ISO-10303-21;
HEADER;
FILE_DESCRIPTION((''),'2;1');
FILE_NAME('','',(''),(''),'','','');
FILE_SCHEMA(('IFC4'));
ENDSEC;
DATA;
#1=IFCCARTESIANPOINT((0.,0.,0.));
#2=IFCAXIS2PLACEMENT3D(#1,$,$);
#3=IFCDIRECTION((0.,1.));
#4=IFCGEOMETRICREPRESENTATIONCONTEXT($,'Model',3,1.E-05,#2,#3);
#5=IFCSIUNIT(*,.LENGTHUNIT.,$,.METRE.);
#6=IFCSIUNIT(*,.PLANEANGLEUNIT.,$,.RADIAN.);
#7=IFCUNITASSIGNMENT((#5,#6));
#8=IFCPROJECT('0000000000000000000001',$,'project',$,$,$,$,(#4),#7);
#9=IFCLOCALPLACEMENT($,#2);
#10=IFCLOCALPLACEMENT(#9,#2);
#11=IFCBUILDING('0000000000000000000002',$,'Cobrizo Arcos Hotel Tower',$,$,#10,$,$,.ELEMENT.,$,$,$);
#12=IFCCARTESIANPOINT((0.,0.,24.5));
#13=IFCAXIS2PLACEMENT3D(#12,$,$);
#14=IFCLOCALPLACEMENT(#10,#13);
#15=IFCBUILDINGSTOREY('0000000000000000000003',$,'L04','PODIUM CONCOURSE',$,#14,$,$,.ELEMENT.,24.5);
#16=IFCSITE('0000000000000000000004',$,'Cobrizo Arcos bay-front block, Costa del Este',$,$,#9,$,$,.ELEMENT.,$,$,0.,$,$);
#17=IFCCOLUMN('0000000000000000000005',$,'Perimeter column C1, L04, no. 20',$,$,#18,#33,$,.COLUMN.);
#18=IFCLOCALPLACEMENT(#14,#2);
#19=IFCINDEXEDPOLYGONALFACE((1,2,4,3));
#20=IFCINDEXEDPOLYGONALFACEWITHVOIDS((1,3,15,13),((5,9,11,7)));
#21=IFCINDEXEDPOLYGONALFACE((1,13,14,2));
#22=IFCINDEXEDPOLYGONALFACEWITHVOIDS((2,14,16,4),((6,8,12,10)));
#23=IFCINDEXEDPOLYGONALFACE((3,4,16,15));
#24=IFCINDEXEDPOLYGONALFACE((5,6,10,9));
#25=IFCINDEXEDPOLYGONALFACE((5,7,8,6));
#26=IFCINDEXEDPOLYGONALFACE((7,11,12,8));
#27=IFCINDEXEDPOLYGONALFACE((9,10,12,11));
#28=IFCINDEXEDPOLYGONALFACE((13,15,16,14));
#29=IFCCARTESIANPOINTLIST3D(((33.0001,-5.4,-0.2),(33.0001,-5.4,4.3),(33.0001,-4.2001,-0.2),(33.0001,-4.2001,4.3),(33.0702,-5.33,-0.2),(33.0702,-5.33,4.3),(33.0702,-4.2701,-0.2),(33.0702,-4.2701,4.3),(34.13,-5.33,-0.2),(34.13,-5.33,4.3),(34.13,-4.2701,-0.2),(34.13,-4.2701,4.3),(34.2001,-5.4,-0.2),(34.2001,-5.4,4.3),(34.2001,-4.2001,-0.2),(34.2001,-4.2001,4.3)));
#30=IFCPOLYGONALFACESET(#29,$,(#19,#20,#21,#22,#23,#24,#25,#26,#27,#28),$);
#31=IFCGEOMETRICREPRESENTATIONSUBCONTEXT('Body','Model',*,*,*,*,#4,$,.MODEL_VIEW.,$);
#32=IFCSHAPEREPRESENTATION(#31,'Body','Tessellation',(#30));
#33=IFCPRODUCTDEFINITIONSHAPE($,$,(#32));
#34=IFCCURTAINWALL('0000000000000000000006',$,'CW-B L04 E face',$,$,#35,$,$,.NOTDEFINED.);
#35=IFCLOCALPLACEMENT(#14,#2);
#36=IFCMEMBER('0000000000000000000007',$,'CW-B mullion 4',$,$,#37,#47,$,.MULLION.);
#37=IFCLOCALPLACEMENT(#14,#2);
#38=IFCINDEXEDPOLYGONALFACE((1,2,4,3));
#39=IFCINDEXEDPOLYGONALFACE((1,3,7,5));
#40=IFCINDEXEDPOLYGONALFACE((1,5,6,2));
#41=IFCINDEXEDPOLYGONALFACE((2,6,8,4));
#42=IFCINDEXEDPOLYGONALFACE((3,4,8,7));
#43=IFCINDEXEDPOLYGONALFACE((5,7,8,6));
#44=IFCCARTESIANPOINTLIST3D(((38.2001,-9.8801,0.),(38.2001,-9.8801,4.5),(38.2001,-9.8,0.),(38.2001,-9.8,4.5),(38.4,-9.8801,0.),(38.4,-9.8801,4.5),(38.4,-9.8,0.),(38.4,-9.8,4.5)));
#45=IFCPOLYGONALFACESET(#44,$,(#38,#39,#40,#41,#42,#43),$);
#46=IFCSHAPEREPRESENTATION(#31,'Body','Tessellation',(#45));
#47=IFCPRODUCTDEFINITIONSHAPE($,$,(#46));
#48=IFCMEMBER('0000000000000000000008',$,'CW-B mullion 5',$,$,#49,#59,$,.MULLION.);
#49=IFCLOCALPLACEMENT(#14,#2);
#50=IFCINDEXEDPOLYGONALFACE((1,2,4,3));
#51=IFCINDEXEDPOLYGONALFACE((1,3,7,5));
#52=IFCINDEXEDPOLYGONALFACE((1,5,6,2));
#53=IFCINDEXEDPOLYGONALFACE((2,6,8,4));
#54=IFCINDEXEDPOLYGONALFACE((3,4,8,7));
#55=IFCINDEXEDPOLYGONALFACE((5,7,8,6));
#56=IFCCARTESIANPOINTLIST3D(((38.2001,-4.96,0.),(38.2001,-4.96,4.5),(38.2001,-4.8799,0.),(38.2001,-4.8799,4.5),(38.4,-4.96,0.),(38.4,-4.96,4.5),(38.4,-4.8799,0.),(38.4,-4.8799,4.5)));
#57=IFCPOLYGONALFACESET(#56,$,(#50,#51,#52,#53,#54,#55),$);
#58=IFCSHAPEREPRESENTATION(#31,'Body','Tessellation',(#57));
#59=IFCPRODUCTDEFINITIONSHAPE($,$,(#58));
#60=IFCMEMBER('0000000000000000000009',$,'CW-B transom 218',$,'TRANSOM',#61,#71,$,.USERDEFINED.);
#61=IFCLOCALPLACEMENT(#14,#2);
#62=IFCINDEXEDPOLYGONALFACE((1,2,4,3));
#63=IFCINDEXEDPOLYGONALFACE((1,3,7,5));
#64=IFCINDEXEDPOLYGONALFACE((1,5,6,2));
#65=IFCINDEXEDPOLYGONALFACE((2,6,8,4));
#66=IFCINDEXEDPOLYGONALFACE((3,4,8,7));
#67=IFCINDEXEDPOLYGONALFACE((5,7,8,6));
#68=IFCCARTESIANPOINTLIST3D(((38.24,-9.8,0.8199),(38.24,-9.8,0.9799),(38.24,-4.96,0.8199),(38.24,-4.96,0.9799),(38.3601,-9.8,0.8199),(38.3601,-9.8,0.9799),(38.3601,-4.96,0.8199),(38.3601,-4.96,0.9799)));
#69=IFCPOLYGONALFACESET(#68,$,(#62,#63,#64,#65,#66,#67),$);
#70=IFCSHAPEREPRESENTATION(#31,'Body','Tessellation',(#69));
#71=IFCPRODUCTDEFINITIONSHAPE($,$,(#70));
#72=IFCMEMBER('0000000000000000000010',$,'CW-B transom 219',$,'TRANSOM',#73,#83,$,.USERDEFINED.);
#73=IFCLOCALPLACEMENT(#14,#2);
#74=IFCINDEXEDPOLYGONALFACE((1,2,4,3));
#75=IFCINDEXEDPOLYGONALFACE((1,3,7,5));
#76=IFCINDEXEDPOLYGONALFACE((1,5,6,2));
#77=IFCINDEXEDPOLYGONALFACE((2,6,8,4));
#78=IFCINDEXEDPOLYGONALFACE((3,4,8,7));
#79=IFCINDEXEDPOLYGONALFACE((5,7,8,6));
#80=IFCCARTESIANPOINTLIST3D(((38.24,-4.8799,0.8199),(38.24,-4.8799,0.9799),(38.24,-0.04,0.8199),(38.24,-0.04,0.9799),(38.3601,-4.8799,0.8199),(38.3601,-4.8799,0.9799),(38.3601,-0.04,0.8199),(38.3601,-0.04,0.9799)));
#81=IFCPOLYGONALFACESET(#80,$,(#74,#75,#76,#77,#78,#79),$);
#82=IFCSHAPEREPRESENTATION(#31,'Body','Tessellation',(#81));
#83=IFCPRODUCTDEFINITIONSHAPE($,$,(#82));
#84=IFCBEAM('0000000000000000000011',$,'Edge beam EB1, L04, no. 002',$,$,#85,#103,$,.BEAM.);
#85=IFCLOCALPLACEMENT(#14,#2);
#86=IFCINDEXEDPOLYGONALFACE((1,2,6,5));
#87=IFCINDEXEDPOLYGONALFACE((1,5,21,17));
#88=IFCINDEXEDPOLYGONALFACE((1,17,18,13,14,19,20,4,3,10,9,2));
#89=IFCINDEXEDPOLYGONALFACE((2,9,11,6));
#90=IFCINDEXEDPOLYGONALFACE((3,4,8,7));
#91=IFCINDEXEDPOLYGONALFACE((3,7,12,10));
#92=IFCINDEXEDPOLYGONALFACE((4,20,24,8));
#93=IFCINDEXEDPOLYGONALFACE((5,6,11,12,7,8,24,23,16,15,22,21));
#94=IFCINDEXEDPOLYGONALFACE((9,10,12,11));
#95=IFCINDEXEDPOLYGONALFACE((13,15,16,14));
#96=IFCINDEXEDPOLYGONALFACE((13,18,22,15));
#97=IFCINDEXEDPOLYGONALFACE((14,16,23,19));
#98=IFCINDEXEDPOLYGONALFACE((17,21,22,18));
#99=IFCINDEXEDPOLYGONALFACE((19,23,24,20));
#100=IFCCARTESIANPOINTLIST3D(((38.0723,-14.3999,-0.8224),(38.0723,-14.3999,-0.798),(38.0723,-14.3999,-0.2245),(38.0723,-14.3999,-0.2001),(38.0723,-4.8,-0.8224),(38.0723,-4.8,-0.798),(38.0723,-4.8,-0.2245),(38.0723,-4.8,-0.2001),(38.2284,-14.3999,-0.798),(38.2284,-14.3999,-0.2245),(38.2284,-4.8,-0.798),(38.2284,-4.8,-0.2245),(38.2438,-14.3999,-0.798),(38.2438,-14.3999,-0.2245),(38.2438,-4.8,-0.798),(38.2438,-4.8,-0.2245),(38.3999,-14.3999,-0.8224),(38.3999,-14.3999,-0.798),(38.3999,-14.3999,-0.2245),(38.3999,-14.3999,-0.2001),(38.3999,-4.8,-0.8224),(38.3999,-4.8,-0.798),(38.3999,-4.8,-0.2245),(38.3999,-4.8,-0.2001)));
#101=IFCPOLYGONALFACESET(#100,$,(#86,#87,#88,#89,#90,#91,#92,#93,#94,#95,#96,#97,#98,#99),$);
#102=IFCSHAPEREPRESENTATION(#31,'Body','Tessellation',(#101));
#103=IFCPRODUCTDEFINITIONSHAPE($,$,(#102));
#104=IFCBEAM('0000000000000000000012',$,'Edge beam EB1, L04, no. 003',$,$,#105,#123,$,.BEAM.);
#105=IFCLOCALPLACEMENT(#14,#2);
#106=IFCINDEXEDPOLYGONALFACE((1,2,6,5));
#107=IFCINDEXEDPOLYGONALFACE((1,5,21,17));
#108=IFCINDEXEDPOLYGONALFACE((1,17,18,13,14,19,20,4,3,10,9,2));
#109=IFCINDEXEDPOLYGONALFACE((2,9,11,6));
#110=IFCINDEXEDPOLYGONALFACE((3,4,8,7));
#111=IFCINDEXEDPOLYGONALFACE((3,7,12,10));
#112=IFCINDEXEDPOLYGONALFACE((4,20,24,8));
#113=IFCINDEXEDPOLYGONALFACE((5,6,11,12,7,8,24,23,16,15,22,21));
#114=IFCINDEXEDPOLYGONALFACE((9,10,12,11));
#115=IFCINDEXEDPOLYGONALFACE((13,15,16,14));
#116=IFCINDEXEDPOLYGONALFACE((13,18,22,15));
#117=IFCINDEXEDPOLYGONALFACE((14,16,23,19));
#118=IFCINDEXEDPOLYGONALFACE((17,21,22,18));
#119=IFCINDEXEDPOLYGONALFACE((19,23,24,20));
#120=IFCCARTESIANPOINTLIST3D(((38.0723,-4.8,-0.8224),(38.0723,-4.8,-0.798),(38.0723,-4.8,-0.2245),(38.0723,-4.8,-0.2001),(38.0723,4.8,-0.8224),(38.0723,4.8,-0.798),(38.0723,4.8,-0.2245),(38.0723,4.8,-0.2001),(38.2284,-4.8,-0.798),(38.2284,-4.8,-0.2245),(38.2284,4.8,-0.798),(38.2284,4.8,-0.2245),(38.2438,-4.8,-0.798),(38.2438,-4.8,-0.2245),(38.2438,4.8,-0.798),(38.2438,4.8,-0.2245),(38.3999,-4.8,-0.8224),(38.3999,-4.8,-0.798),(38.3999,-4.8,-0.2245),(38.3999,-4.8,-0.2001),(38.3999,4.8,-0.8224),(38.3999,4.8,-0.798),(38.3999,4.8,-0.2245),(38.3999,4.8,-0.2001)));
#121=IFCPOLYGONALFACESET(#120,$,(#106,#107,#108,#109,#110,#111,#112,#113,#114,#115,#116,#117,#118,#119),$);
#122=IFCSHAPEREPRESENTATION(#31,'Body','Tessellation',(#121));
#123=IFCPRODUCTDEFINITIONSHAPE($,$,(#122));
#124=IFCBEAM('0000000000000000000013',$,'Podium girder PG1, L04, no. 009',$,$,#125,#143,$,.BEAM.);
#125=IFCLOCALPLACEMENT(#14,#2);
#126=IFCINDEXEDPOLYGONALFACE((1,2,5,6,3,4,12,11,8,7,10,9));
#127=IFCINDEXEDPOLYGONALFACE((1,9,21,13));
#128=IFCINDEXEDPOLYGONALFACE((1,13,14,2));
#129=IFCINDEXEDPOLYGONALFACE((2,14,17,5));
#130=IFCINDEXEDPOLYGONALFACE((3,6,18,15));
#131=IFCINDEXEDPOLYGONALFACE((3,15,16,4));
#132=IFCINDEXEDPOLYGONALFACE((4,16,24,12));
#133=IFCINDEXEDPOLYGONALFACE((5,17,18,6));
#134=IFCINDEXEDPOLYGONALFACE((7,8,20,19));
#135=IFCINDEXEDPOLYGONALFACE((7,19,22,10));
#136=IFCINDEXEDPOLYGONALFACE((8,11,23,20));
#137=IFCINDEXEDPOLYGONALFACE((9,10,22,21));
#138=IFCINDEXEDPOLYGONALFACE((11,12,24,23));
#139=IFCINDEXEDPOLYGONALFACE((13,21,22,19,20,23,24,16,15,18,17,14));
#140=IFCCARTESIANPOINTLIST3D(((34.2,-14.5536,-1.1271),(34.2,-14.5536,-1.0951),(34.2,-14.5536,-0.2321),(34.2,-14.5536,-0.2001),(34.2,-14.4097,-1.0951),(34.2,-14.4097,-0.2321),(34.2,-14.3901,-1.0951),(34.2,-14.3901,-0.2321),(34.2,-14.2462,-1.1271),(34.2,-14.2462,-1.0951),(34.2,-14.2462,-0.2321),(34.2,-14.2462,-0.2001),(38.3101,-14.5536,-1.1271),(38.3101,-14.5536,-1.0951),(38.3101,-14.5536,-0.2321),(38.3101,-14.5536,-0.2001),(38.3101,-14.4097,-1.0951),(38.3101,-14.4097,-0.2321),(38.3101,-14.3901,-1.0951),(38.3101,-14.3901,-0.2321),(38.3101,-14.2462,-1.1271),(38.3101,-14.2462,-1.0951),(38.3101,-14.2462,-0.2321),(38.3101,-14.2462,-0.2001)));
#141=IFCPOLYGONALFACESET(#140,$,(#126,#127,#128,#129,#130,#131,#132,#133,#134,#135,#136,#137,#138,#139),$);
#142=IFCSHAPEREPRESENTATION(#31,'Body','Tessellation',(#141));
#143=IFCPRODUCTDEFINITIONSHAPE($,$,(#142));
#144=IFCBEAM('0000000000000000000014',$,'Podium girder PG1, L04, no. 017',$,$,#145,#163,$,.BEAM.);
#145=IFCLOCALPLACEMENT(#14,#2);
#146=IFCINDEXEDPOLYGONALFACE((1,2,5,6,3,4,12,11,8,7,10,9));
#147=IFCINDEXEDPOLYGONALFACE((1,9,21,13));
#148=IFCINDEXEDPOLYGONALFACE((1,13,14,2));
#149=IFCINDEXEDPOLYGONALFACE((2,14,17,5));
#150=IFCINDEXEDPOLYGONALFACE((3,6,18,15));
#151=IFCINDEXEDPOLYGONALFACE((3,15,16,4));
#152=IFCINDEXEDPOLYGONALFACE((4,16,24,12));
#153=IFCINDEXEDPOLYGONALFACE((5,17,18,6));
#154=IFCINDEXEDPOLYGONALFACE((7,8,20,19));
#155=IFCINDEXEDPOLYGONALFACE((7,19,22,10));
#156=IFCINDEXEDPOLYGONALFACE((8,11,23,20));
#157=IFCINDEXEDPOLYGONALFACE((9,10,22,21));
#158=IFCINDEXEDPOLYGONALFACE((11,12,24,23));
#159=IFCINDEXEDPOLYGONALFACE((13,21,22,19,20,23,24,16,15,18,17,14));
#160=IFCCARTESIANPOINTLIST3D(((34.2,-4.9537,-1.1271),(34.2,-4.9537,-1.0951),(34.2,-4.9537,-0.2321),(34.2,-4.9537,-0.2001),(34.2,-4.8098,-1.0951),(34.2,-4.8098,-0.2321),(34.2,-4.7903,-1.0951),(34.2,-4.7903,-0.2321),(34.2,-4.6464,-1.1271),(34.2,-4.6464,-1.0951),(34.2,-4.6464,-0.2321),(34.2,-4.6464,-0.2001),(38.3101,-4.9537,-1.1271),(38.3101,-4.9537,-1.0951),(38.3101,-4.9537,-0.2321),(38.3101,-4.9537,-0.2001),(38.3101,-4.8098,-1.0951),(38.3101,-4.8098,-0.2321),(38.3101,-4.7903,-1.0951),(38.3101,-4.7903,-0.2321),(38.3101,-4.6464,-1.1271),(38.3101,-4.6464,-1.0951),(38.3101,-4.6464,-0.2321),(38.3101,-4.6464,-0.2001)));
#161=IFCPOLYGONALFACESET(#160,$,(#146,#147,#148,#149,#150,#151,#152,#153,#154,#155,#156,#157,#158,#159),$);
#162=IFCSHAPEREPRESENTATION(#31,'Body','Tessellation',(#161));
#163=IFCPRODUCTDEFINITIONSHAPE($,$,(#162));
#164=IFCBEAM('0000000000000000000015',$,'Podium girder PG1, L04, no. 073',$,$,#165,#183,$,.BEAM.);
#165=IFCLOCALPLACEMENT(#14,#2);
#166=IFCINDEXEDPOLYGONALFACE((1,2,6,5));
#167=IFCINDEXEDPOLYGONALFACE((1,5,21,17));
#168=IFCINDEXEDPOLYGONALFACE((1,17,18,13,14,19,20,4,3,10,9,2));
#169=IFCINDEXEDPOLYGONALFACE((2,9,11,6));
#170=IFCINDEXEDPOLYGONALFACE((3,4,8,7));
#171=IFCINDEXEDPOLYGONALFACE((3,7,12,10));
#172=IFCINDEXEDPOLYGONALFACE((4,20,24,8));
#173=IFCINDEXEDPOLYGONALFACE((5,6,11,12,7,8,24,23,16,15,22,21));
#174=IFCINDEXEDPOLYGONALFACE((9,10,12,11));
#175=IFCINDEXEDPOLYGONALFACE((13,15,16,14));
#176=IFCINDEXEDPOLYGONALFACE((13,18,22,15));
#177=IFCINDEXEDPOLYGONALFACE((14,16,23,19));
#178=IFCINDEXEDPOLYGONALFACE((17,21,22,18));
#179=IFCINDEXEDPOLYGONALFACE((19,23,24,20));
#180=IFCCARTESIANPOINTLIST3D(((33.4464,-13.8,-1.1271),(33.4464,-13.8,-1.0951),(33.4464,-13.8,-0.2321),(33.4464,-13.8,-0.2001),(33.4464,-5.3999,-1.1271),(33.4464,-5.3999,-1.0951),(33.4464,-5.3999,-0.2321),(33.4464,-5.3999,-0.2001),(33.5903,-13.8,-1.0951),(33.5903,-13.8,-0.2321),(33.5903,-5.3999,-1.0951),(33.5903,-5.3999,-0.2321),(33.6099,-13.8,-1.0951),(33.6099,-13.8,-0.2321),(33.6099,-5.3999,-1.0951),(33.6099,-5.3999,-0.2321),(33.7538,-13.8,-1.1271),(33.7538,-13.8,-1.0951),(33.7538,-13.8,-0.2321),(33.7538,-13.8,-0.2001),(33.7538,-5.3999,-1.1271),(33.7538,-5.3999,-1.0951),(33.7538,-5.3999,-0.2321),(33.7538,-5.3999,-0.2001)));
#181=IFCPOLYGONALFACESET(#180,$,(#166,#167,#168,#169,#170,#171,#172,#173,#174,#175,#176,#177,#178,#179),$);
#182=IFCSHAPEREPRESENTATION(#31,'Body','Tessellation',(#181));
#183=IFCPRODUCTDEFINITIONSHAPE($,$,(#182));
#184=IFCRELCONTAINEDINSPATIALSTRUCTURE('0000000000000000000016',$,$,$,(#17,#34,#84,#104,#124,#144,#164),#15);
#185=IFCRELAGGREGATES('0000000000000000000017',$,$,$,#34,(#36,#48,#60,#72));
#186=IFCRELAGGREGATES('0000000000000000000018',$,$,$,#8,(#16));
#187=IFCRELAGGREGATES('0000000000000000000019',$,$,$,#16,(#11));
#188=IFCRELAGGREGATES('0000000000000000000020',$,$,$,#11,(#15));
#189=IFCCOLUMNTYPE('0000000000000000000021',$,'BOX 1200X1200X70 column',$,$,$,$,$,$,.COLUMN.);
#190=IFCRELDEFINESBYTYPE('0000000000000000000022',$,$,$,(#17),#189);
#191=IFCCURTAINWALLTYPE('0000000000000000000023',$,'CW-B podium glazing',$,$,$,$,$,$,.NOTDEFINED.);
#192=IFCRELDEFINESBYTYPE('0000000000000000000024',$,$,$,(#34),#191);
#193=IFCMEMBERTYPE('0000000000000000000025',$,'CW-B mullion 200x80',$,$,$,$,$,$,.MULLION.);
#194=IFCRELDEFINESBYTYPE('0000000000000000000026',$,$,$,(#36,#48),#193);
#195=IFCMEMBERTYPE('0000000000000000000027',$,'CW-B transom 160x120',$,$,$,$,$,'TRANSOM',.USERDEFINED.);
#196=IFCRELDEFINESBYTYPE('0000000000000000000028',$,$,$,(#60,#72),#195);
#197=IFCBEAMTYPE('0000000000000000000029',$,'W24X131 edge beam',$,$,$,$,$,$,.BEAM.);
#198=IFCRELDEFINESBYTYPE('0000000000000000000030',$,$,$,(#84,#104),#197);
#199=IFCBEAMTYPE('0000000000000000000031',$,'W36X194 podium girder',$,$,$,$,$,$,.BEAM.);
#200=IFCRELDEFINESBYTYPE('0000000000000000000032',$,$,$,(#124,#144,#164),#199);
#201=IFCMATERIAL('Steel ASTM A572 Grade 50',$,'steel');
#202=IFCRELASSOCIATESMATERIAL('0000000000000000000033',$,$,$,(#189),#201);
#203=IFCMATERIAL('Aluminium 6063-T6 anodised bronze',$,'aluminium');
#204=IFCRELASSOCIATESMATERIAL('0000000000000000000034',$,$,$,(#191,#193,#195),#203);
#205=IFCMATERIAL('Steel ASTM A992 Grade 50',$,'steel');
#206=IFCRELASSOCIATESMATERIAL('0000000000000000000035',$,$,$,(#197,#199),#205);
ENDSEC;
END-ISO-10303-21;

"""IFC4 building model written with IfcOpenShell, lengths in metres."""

from ifc_helpers import new_model, si_unit, direction, frame, origin, origin_2d, place, context, subcontext, project, spatial, rectangle, hollow_rectangle, i_section, extrude, material, material_profile, profile_set, type_object, element, aggregate, save


model = new_model("IFC4")

# Units and contexts
model_context = context("Model", 3, precision=1e-05, world=origin(), true_north=direction((0.0, 1.0)))
body_context = subcontext(model_context, "Body", "Model", "MODEL_VIEW")
ifc_project = project(units=[si_unit("LENGTHUNIT", "METRE"), si_unit("PLANEANGLEUNIT", "RADIAN")], contexts=[model_context])

# Site, building, storey
site_placement = place(None, origin())
site = spatial("IfcSite", under=ifc_project, at=site_placement, Name="Cobrizo Arcos bay-front block, Costa del Este", CompositionType="ELEMENT", RefElevation=0.0)
building_placement = place(site_placement, origin())
building = spatial("IfcBuilding", under=site, at=building_placement, Name="Cobrizo Arcos Hotel Tower", CompositionType="ELEMENT")
storey_placement = place(building_placement, frame((0.0, 0.0, 24.5)))
storey = spatial("IfcBuildingStorey", under=building, at=storey_placement, Name="L04", Description="PODIUM CONCOURSE", CompositionType="ELEMENT", Elevation=24.5)

# Column
ifc_material_1 = material(Name="Steel ASTM A572 Grade 50", Category="steel")
ifc_material_profile_1 = material_profile(ifc_material_1, hollow_rectangle(XDim=1.2, YDim=1.2, WallThickness=0.0701, at=origin_2d()), Name="BOX 1200X1200X70")
ifc_profile_set_1 = profile_set([ifc_material_profile_1], Name="Steel ASTM A572 Grade 50")
column_type = type_object("IfcColumnType", Name="BOX 1200X1200X70 column", PredefinedType="COLUMN", material=ifc_profile_set_1)
column_placement = place(storey_placement, frame((33.6001, -4.8, -0.2), z_axis=(0.0, 0.0, 1.0), x_axis=(1.0, 0.0, 0.0)))
element("IfcColumn", 1, at=column_placement, inside=storey, type_object=column_type, Name="Perimeter column C1, L04, no. 20", PredefinedType="COLUMN", context=body_context, shape_type="SweptSolid", body=[
    extrude(hollow_rectangle(XDim=1.2, YDim=1.2, WallThickness=0.0701, at=origin_2d()), origin(), (0.0, 0.0, 1.0), 4.5),
])

# Curtain wall, members
ifc_material_2 = material(Name="Aluminium 6063-T6 anodised bronze", Category="aluminium")
curtain_wall_type = type_object("IfcCurtainWallType", Name="CW-B podium glazing", PredefinedType="NOTDEFINED", material=ifc_material_2)
curtain_wall_placement = place(storey_placement, origin())
curtain_wall = element("IfcCurtainWall", 2, at=curtain_wall_placement, inside=storey, type_object=curtain_wall_type, Name="CW-B L04 E face", PredefinedType="NOTDEFINED")
ifc_material_profile_2 = material_profile(ifc_material_2, rectangle(XDim=0.2, YDim=0.0801, at=origin_2d()), Name="CW-B mullion 200x80")
ifc_profile_set_2 = profile_set([ifc_material_profile_2], Name="Aluminium 6063-T6 anodised bronze")
member_type_1 = type_object("IfcMemberType", Name="CW-B mullion 200x80", PredefinedType="MULLION", material=ifc_profile_set_2)
member_1_placement = place(storey_placement, frame((38.3, -9.8401, 0.0), z_axis=(0.0, 0.0, 1.0), x_axis=(1.0, 0.0, 0.0)))
member_1 = element("IfcMember", 3, at=member_1_placement, type_object=member_type_1, Name="CW-B mullion 4", PredefinedType="MULLION", context=body_context, shape_type="SweptSolid", body=[
    extrude(rectangle(XDim=0.2, YDim=0.0801, at=origin_2d()), origin(), (0.0, 0.0, 1.0), 4.5),
])
member_2_placement = place(storey_placement, frame((38.3, -4.9199, 0.0), z_axis=(0.0, 0.0, 1.0), x_axis=(1.0, 0.0, 0.0)))
member_2 = element("IfcMember", 4, at=member_2_placement, type_object=member_type_1, Name="CW-B mullion 5", PredefinedType="MULLION", context=body_context, shape_type="SweptSolid", body=[
    extrude(rectangle(XDim=0.2, YDim=0.0801, at=origin_2d()), origin(), (0.0, 0.0, 1.0), 4.5),
])
ifc_material_profile_3 = material_profile(ifc_material_2, rectangle(XDim=0.1201, YDim=0.1599, at=origin_2d()), Name="CW-B transom 160x120")
ifc_profile_set_3 = profile_set([ifc_material_profile_3], Name="Aluminium 6063-T6 anodised bronze")
member_type_2 = type_object("IfcMemberType", Name="CW-B transom 160x120", ElementType="TRANSOM", PredefinedType="USERDEFINED", material=ifc_profile_set_3)
member_3_placement = place(storey_placement, frame((38.3, -9.8, 0.8999), z_axis=(0.0, 1.0, 0.0), x_axis=(-1.0, 0.0, 0.0)))
member_3 = element("IfcMember", 5, at=member_3_placement, type_object=member_type_2, Name="CW-B transom 218", ObjectType="TRANSOM", PredefinedType="USERDEFINED", context=body_context, shape_type="SweptSolid", body=[
    extrude(rectangle(XDim=0.1201, YDim=0.1599, at=origin_2d()), origin(), (0.0, 0.0, 1.0), 4.8401),
])
member_4_placement = place(storey_placement, frame((38.3, -4.8799, 0.8999), z_axis=(0.0, 1.0, 0.0), x_axis=(-1.0, 0.0, 0.0)))
member_4 = element("IfcMember", 6, at=member_4_placement, type_object=member_type_2, Name="CW-B transom 219", ObjectType="TRANSOM", PredefinedType="USERDEFINED", context=body_context, shape_type="SweptSolid", body=[
    extrude(rectangle(XDim=0.1201, YDim=0.1599, at=origin_2d()), origin(), (0.0, 0.0, 1.0), 4.8398),
])

# Beams
ifc_material_3 = material(Name="Steel ASTM A992 Grade 50", Category="steel")
ifc_material_profile_4 = material_profile(ifc_material_3, i_section(OverallWidth=0.3276, OverallDepth=0.6223, WebThickness=0.0154, FlangeThickness=0.0244, at=origin_2d()), Name="W24X131")
ifc_profile_set_4 = profile_set([ifc_material_profile_4], Name="Steel ASTM A992 Grade 50")
beam_type_1 = type_object("IfcBeamType", Name="W24X131 edge beam", PredefinedType="BEAM", material=ifc_profile_set_4)
beam_1_placement = place(storey_placement, frame((38.2361, -14.3999, -0.5112), z_axis=(0.0, 1.0, 0.0), x_axis=(-1.0, 0.0, 0.0)))
element("IfcBeam", 7, at=beam_1_placement, inside=storey, type_object=beam_type_1, Name="Edge beam EB1, L04, no. 002", PredefinedType="BEAM", context=body_context, shape_type="SweptSolid", body=[
    extrude(i_section(OverallWidth=0.3276, OverallDepth=0.6223, WebThickness=0.0154, FlangeThickness=0.0244, at=origin_2d()), origin(), (0.0, 0.0, 1.0), 9.5999),
])
beam_2_placement = place(storey_placement, frame((38.2361, -4.8, -0.5112), z_axis=(0.0, 1.0, 0.0), x_axis=(-1.0, 0.0, 0.0)))
element("IfcBeam", 8, at=beam_2_placement, inside=storey, type_object=beam_type_1, Name="Edge beam EB1, L04, no. 003", PredefinedType="BEAM", context=body_context, shape_type="SweptSolid", body=[
    extrude(i_section(OverallWidth=0.3276, OverallDepth=0.6223, WebThickness=0.0154, FlangeThickness=0.0244, at=origin_2d()), origin(), (0.0, 0.0, 1.0), 9.6001),
])
ifc_material_profile_5 = material_profile(ifc_material_3, i_section(OverallWidth=0.3074, OverallDepth=0.927, WebThickness=0.0195, FlangeThickness=0.032, at=origin_2d()), Name="W36X194")
ifc_profile_set_5 = profile_set([ifc_material_profile_5], Name="Steel ASTM A992 Grade 50")
beam_type_2 = type_object("IfcBeamType", Name="W36X194 podium girder", PredefinedType="BEAM", material=ifc_profile_set_5)
for number, where, z_axis, x_axis, name in (
    (9, (34.2, -14.3999, -0.6636), (1.0, 0.0, 0.0), (0.0, 1.0, 0.0), "Podium girder PG1, L04, no. 009"),
    (10, (34.2, -4.8, -0.6636), (1.0, 0.0, 0.0), (0.0, 1.0, 0.0), "Podium girder PG1, L04, no. 017"),
):
    element("IfcBeam", number, at=place(storey_placement, frame(where, z_axis=z_axis, x_axis=x_axis)), inside=storey, type_object=beam_type_2, Name=name, PredefinedType="BEAM", context=body_context, shape_type="SweptSolid", body=[
        extrude(i_section(OverallWidth=0.3074, OverallDepth=0.927, WebThickness=0.0195, FlangeThickness=0.032, at=origin_2d()), origin(), (0.0, 0.0, 1.0), 4.1101),
    ])
beam_3_placement = place(storey_placement, frame((33.6001, -13.8, -0.6636), z_axis=(0.0, 1.0, 0.0), x_axis=(-1.0, 0.0, 0.0)))
element("IfcBeam", 11, at=beam_3_placement, inside=storey, type_object=beam_type_2, Name="Podium girder PG1, L04, no. 073", PredefinedType="BEAM", context=body_context, shape_type="SweptSolid", body=[
    extrude(i_section(OverallWidth=0.3074, OverallDepth=0.927, WebThickness=0.0195, FlangeThickness=0.032, at=origin_2d()), origin(), (0.0, 0.0, 1.0), 8.4001),
])

aggregate(curtain_wall, [member_1, member_2, member_3, member_4])

save(model, "model.ifc")
